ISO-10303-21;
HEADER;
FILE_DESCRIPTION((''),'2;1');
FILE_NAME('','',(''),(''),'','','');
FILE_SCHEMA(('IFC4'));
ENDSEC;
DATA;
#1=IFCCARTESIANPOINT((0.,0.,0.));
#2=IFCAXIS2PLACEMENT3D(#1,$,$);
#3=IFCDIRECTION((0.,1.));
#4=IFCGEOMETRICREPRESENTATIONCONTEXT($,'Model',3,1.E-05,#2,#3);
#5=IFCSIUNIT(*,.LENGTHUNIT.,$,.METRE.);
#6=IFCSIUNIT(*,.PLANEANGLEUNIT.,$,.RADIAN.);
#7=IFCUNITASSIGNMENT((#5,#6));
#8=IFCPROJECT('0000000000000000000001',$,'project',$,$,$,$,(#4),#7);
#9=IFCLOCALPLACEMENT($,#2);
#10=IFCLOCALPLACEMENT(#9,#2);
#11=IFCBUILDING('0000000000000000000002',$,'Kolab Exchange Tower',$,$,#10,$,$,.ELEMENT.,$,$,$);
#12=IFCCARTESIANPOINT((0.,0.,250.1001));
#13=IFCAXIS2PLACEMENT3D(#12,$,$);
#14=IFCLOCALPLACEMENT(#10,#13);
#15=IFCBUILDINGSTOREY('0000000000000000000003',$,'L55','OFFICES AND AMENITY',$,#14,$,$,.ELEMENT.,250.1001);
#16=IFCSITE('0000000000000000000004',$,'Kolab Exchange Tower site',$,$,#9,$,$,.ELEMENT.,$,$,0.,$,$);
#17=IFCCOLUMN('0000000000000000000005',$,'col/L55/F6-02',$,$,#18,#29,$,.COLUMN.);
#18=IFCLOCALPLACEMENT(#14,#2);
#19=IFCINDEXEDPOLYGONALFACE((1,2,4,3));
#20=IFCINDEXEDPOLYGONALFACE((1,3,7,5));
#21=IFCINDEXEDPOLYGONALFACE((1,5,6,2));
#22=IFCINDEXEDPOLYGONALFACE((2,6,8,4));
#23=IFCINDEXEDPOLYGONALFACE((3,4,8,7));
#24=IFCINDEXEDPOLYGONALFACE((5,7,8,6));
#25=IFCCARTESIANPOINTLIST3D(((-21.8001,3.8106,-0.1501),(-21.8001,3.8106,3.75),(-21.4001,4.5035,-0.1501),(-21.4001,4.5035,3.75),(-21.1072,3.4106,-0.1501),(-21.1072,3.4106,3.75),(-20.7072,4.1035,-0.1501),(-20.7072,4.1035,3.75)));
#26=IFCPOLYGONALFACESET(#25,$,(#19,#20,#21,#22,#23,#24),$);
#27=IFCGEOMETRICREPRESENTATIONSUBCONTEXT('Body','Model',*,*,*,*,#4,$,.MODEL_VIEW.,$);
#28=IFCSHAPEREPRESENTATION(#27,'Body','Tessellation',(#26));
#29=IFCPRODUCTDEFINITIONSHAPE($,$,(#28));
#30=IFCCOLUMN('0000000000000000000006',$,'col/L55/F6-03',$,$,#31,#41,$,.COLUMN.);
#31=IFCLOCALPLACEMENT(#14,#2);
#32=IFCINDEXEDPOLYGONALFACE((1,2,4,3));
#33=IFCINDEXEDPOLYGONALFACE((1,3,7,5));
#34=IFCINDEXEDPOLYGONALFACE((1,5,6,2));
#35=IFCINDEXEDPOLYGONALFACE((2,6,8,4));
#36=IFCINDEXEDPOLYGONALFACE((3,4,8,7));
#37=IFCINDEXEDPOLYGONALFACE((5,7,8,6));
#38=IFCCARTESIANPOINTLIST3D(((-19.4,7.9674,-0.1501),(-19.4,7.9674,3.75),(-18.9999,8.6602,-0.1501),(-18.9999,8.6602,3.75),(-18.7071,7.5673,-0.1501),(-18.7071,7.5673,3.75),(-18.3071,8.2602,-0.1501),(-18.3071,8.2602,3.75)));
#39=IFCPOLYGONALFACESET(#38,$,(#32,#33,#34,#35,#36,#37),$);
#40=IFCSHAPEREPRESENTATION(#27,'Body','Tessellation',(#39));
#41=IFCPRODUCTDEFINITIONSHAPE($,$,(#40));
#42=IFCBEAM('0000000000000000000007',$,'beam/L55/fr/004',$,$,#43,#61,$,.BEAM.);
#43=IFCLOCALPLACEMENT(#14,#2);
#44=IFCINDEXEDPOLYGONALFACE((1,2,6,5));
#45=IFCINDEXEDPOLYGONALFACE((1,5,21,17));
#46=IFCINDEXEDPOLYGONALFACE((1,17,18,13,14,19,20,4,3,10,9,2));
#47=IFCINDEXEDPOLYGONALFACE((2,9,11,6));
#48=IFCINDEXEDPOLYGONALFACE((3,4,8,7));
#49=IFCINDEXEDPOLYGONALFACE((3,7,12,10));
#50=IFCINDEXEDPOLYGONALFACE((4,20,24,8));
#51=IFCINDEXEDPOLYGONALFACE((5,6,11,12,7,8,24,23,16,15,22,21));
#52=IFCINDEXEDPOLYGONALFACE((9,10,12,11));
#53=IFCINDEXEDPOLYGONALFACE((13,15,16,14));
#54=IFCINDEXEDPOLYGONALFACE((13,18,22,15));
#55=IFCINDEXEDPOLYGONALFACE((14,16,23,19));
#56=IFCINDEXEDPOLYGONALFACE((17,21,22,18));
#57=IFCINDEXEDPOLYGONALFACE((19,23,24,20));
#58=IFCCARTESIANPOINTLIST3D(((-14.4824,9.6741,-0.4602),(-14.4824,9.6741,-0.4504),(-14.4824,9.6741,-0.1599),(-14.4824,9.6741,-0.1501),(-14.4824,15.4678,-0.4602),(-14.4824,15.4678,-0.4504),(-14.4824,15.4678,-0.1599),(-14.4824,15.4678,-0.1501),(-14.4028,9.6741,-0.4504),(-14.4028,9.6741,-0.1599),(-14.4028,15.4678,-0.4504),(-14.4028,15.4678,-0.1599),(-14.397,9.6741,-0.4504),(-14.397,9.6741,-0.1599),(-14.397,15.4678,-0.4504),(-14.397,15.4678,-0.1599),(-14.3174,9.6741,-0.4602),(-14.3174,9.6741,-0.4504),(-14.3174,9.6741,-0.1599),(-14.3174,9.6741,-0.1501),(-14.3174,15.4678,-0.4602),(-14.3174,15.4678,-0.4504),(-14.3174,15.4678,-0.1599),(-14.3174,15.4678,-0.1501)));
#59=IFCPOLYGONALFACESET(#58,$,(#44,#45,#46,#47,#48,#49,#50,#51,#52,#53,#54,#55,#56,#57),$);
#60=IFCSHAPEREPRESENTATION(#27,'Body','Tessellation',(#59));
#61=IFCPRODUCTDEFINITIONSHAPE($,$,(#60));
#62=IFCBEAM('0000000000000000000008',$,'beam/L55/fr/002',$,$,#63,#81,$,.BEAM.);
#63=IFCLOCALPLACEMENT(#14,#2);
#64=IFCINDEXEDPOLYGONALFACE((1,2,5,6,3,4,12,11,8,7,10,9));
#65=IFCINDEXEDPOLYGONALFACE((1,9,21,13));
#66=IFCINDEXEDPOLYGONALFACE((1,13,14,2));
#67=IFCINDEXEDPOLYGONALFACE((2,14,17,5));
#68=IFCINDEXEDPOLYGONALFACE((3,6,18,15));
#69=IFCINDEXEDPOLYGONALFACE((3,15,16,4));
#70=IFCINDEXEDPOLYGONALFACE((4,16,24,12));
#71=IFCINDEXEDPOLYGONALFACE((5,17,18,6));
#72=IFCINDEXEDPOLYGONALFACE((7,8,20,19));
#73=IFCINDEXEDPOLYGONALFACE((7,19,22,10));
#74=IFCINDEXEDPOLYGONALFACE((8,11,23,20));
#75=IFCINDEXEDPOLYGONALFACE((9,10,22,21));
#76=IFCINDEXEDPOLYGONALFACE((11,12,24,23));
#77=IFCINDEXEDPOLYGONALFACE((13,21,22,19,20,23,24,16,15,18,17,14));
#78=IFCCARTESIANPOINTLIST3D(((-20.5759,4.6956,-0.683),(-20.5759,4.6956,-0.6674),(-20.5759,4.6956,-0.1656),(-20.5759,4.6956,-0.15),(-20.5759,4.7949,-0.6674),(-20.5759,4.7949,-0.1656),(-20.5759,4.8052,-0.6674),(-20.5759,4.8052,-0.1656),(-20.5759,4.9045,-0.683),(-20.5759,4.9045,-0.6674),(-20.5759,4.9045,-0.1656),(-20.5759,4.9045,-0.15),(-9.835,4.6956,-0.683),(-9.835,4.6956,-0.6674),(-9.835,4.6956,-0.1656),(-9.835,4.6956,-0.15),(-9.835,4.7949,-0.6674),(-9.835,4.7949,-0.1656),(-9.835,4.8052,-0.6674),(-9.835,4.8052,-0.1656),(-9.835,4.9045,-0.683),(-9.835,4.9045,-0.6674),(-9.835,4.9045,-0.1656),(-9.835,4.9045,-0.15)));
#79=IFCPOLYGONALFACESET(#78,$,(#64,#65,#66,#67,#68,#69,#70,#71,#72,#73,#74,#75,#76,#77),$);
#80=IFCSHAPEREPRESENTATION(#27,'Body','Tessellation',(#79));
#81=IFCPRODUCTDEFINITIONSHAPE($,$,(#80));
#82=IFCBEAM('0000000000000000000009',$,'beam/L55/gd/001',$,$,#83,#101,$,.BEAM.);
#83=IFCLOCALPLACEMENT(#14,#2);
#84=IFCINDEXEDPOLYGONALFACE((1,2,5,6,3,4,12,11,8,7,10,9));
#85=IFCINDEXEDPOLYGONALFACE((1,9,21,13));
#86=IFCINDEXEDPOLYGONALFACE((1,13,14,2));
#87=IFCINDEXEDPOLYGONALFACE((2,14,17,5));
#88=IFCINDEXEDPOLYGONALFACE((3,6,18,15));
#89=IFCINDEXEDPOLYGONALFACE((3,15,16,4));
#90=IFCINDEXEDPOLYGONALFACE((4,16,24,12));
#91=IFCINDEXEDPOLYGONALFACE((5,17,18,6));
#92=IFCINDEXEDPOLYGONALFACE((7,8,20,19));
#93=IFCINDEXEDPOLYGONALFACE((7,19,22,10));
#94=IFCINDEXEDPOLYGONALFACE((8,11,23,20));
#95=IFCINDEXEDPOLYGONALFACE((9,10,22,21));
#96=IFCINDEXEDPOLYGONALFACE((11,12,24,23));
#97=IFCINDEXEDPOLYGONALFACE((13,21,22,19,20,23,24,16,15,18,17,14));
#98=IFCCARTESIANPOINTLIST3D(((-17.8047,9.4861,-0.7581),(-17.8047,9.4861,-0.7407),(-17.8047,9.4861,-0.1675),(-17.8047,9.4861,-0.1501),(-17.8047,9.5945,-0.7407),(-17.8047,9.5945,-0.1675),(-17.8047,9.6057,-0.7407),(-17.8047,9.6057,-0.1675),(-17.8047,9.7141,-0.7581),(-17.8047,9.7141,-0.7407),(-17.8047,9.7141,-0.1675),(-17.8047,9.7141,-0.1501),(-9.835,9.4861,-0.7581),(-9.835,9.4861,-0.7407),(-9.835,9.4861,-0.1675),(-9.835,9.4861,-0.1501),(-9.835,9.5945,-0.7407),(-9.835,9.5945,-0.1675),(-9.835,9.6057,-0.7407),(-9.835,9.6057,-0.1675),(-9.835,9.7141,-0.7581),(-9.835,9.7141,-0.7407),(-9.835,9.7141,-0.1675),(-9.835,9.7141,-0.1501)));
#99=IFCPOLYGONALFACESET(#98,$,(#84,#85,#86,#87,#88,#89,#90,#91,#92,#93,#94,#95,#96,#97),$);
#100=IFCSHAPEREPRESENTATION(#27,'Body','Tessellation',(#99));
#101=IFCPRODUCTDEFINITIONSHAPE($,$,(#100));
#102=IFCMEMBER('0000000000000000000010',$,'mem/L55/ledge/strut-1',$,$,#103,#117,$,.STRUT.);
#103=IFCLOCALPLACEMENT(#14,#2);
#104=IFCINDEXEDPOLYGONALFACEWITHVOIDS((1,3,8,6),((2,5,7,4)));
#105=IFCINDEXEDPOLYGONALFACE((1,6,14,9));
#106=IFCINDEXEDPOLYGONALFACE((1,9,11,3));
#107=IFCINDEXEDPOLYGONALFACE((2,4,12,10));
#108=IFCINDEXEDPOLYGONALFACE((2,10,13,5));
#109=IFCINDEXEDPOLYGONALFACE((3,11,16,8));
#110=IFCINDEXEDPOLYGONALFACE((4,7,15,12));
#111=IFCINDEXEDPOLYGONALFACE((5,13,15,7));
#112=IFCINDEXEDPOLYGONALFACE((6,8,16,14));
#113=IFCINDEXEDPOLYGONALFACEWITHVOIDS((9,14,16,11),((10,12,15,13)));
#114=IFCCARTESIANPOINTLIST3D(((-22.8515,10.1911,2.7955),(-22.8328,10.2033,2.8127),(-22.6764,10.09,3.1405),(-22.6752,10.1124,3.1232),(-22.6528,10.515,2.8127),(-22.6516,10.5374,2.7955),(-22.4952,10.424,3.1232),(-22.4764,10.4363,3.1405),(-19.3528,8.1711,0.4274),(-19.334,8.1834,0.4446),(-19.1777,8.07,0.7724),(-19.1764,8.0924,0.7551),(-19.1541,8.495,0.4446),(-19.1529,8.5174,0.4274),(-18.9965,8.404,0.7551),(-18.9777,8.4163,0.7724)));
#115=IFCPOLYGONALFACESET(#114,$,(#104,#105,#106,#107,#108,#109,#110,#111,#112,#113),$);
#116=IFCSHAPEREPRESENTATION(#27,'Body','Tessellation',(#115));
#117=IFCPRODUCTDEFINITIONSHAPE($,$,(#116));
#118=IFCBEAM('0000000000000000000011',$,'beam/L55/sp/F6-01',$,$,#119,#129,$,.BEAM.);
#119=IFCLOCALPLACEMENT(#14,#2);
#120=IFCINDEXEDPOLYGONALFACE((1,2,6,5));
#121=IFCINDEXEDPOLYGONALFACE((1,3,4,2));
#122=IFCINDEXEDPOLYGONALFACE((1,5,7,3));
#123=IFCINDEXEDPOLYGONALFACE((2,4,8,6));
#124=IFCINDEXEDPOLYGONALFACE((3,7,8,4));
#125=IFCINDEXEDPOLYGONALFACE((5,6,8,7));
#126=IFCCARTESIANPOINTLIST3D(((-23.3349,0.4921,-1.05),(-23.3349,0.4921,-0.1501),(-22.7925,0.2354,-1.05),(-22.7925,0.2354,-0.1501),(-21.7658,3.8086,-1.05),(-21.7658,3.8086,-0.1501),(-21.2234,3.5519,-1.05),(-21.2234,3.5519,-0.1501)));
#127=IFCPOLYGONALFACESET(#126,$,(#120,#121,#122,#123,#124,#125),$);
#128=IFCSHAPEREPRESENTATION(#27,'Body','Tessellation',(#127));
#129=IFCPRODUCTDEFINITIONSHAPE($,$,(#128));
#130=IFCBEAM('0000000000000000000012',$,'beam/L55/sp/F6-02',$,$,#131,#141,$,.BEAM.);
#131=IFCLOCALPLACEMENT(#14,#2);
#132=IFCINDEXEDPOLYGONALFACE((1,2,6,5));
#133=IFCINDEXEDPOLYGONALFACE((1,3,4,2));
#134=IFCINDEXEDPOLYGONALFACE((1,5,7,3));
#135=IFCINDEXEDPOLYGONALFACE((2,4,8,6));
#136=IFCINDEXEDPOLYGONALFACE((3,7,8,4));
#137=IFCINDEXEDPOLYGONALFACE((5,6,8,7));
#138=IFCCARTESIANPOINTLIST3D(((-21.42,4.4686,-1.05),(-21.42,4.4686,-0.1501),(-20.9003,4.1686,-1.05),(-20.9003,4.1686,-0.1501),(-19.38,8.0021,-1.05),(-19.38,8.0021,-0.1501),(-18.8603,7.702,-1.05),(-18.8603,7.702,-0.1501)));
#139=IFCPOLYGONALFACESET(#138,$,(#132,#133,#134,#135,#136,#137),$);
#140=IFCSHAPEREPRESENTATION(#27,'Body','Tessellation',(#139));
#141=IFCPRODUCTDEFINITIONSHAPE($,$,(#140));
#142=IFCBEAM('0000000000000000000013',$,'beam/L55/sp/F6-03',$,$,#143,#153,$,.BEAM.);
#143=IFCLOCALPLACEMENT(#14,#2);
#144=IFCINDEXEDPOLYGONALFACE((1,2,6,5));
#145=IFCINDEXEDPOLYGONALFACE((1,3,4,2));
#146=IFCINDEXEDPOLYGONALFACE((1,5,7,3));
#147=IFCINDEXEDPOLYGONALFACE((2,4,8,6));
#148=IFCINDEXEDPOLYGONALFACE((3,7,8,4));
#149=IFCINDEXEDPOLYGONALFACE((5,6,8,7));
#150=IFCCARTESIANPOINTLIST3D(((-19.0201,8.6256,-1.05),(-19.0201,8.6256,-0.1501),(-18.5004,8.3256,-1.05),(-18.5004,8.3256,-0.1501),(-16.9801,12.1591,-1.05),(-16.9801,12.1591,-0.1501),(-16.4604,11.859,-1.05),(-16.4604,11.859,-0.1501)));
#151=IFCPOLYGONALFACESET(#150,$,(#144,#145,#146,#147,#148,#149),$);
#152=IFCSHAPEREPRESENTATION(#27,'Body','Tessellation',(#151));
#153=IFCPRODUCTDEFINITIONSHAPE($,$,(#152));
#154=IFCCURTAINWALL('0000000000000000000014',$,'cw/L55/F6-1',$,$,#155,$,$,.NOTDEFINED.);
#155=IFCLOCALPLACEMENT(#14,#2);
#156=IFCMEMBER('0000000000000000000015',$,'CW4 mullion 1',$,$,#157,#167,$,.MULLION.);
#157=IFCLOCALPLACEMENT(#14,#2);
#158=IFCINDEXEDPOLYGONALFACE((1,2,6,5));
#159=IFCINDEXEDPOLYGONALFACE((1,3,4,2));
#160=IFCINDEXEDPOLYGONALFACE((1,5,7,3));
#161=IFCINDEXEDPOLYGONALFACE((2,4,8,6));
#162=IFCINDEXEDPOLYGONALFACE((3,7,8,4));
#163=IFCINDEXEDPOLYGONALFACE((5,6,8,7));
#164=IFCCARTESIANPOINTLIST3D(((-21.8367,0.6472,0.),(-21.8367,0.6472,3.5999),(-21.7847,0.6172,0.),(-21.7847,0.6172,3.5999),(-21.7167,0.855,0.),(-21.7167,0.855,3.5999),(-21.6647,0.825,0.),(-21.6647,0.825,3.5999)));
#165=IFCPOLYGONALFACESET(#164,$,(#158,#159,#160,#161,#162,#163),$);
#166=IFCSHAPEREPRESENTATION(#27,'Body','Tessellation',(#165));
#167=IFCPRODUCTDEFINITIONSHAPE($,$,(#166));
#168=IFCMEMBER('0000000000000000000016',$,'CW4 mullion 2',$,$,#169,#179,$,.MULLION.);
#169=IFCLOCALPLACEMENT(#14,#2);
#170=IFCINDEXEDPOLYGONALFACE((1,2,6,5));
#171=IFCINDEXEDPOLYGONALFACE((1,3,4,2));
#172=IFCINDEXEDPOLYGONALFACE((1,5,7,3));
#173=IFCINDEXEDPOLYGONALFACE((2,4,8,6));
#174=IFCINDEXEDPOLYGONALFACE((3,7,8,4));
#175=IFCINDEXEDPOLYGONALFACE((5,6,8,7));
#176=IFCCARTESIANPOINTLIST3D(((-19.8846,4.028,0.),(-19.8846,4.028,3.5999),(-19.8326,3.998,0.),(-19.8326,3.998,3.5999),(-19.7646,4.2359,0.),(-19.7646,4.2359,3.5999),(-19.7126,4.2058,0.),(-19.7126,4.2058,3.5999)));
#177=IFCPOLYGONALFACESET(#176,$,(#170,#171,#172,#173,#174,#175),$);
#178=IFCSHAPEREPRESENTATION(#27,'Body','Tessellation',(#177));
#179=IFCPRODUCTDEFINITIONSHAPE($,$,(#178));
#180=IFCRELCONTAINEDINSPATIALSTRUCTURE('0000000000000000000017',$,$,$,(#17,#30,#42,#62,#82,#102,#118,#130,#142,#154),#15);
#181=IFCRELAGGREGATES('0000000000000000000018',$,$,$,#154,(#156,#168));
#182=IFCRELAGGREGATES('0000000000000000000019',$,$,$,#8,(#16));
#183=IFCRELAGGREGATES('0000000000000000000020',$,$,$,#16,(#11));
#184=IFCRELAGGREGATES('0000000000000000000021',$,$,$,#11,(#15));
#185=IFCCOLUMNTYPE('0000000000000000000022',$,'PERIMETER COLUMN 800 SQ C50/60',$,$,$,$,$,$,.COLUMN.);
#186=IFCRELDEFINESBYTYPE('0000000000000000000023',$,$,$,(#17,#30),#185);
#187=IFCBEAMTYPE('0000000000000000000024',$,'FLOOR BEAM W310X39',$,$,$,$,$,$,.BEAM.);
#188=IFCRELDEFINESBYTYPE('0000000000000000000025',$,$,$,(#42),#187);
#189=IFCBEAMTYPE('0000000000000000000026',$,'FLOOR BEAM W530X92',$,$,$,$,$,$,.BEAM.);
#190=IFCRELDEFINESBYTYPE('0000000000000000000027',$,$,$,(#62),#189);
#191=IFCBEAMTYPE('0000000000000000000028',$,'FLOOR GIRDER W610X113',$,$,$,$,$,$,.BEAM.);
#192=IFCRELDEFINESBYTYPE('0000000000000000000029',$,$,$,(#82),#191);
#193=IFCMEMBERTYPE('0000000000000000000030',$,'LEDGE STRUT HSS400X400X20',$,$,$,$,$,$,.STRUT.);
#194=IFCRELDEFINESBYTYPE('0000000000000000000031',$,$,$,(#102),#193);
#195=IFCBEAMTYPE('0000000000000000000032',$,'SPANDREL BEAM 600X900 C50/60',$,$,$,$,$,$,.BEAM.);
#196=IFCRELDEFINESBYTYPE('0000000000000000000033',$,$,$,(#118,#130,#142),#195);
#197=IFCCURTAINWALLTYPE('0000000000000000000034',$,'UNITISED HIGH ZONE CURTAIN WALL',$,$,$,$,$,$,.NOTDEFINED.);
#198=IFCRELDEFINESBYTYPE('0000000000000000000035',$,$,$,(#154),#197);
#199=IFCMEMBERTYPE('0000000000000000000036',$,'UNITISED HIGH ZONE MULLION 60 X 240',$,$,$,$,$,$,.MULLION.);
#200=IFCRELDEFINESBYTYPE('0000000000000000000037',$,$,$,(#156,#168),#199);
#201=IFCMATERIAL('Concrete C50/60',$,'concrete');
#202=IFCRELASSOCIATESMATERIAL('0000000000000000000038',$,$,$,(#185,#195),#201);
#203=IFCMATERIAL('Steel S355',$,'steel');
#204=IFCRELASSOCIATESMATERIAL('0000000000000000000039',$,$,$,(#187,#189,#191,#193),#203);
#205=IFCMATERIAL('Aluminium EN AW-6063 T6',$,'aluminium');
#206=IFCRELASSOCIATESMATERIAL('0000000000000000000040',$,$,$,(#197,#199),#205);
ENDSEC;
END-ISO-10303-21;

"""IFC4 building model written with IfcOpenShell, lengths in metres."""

from ifc_helpers import new_model, si_unit, direction, frame, origin, origin_2d, place, context, subcontext, project, spatial, rectangle, hollow_rectangle, i_section, extrude, material, material_profile, profile_set, type_object, element, aggregate, save


model = new_model("IFC4")

# Units and contexts
model_context = context("Model", 3, precision=1e-05, world=origin(), true_north=direction((0.0, 1.0)))
body_context = subcontext(model_context, "Body", "Model", "MODEL_VIEW")
ifc_project = project(units=[si_unit("LENGTHUNIT", "METRE"), si_unit("PLANEANGLEUNIT", "RADIAN")], contexts=[model_context])

# Site, building, storey
site_placement = place(None, origin())
site = spatial("IfcSite", under=ifc_project, at=site_placement, Name="Kolab Exchange Tower site", CompositionType="ELEMENT", RefElevation=0.0)
building_placement = place(site_placement, origin())
building = spatial("IfcBuilding", under=site, at=building_placement, Name="Kolab Exchange Tower", CompositionType="ELEMENT")
storey_placement = place(building_placement, frame((0.0, 0.0, 250.1001)))
storey = spatial("IfcBuildingStorey", under=building, at=storey_placement, Name="L55", Description="OFFICES AND AMENITY", CompositionType="ELEMENT", Elevation=250.1001)

# Columns
ifc_material_1 = material(Name="Concrete C50/60", Category="concrete")
ifc_material_profile_1 = material_profile(ifc_material_1, rectangle(XDim=0.8, YDim=0.8, at=origin_2d()), Name="RC800")
ifc_profile_set_1 = profile_set([ifc_material_profile_1], Name="Concrete C50/60")
column_type = type_object("IfcColumnType", Name="PERIMETER COLUMN 800 SQ C50/60", PredefinedType="COLUMN", material=ifc_profile_set_1)
for number, where, z_axis, x_axis, name in (
    (1, (-21.2537, 3.957, -0.1501), (0.0, 0.0, 1.0), (0.5, 0.866025, 0.0), "col/L55/F6-02"),
    (2, (-18.8535, 8.1138, -0.1501), (0.0, 0.0, 1.0), (0.5, 0.866025, 0.0), "col/L55/F6-03"),
):
    element("IfcColumn", number, at=place(storey_placement, frame(where, z_axis=z_axis, x_axis=x_axis)), inside=storey, type_object=column_type, Name=name, PredefinedType="COLUMN", context=body_context, shape_type="SweptSolid", body=[
        extrude(rectangle(XDim=0.8, YDim=0.8, at=origin_2d()), origin(), (0.0, 0.0, 1.0), 3.9001),
    ])

# Beams
ifc_material_2 = material(Name="Steel S355", Category="steel")
ifc_material_profile_2 = material_profile(ifc_material_2, i_section(OverallWidth=0.165, OverallDepth=0.3101, WebThickness=0.0059, FlangeThickness=0.0098, at=origin_2d()), Name="W310X39")
ifc_profile_set_2 = profile_set([ifc_material_profile_2], Name="Steel S355")
beam_type_1 = type_object("IfcBeamType", Name="FLOOR BEAM W310X39", PredefinedType="BEAM", material=ifc_profile_set_2)
beam_1_placement = place(storey_placement, frame((-14.3999, 9.6741, -0.3052), z_axis=(0.0, 1.0, 0.0), x_axis=(-1.0, 0.0, 0.0)))
element("IfcBeam", 3, at=beam_1_placement, inside=storey, type_object=beam_type_1, Name="beam/L55/fr/004", PredefinedType="BEAM", context=body_context, shape_type="SweptSolid", body=[
    extrude(i_section(OverallWidth=0.165, OverallDepth=0.3101, WebThickness=0.0059, FlangeThickness=0.0098, at=origin_2d()), origin(), (0.0, 0.0, 1.0), 5.7937),
])
ifc_material_profile_3 = material_profile(ifc_material_2, i_section(OverallWidth=0.209, OverallDepth=0.533, WebThickness=0.0103, FlangeThickness=0.0156, at=origin_2d()), Name="W530X92")
ifc_profile_set_3 = profile_set([ifc_material_profile_3], Name="Steel S355")
beam_type_2 = type_object("IfcBeamType", Name="FLOOR BEAM W530X92", PredefinedType="BEAM", material=ifc_profile_set_3)
beam_2_placement = place(storey_placement, frame((-20.5759, 4.8, -0.4165), z_axis=(1.0, 0.0, 0.0), x_axis=(0.0, 1.0, 0.0)))
element("IfcBeam", 4, at=beam_2_placement, inside=storey, type_object=beam_type_2, Name="beam/L55/fr/002", PredefinedType="BEAM", context=body_context, shape_type="SweptSolid", body=[
    extrude(i_section(OverallWidth=0.209, OverallDepth=0.533, WebThickness=0.0103, FlangeThickness=0.0156, at=origin_2d()), origin(), (0.0, 0.0, 1.0), 10.741),
])
ifc_material_profile_4 = material_profile(ifc_material_2, i_section(OverallWidth=0.228, OverallDepth=0.6079, WebThickness=0.0112, FlangeThickness=0.0173, at=origin_2d()), Name="W610X113")
ifc_profile_set_4 = profile_set([ifc_material_profile_4], Name="Steel S355")
beam_type_3 = type_object("IfcBeamType", Name="FLOOR GIRDER W610X113", PredefinedType="BEAM", material=ifc_profile_set_4)
beam_3_placement = place(storey_placement, frame((-17.8047, 9.6001, -0.4541), z_axis=(1.0, 0.0, 0.0), x_axis=(0.0, 1.0, 0.0)))
element("IfcBeam", 5, at=beam_3_placement, inside=storey, type_object=beam_type_3, Name="beam/L55/gd/001", PredefinedType="BEAM", context=body_context, shape_type="SweptSolid", body=[
    extrude(i_section(OverallWidth=0.228, OverallDepth=0.6079, WebThickness=0.0112, FlangeThickness=0.0173, at=origin_2d()), origin(), (0.0, 0.0, 1.0), 7.9697),
])

# Member
ifc_material_profile_5 = material_profile(ifc_material_2, hollow_rectangle(XDim=0.3999, YDim=0.3999, WallThickness=0.02, at=origin_2d()), Name="HSS400X400X20")
ifc_profile_set_5 = profile_set([ifc_material_profile_5], Name="Steel S355")
member_type_1 = type_object("IfcMemberType", Name="LEDGE STRUT HSS400X400X20", PredefinedType="STRUT", material=ifc_profile_set_5)
member_1_placement = place(storey_placement, frame((-19.1653, 8.2937, 0.5999), z_axis=(-0.747129, 0.431355, 0.505698), x_axis=(-0.5, -0.866026, 0.0)))
element("IfcMember", 6, at=member_1_placement, inside=storey, type_object=member_type_1, Name="mem/L55/ledge/strut-1", PredefinedType="STRUT", context=body_context, shape_type="SweptSolid", body=[
    extrude(hollow_rectangle(XDim=0.3999, YDim=0.3999, WallThickness=0.02, at=origin_2d()), origin(), (0.0, 0.0, 1.0), 4.6829),
])

# Beams
ifc_material_profile_6 = material_profile(ifc_material_1, rectangle(XDim=0.6001, YDim=0.8999, at=origin_2d()), Name="RC600X900")
ifc_profile_set_6 = profile_set([ifc_material_profile_6], Name="Concrete C50/60")
beam_type_4 = type_object("IfcBeamType", Name="SPANDREL BEAM 600X900 C50/60", PredefinedType="BEAM", material=ifc_profile_set_6)
beam_4_placement = place(storey_placement, frame((-23.0637, 0.3638, -0.6001), z_axis=(0.427677, 0.903932, 0.0), x_axis=(-0.903932, 0.427677, 0.0)))
element("IfcBeam", 7, at=beam_4_placement, inside=storey, type_object=beam_type_4, Name="beam/L55/sp/F6-01", PredefinedType="BEAM", context=body_context, shape_type="SweptSolid", body=[
    extrude(rectangle(XDim=0.6001, YDim=0.8999, at=origin_2d()), origin(), (0.0, 0.0, 1.0), 3.6689),
])
for number, where, z_axis, x_axis, name in (
    (8, (-21.1602, 4.3186, -0.6001), (0.5, 0.866025, 0.0), (-0.866025, 0.5, 0.0), "beam/L55/sp/F6-02"),
    (9, (-18.7603, 8.4756, -0.6001), (0.5, 0.866025, 0.0), (-0.866025, 0.5, 0.0), "beam/L55/sp/F6-03"),
):
    element("IfcBeam", number, at=place(storey_placement, frame(where, z_axis=z_axis, x_axis=x_axis)), inside=storey, type_object=beam_type_4, Name=name, PredefinedType="BEAM", context=body_context, shape_type="SweptSolid", body=[
        extrude(rectangle(XDim=0.6001, YDim=0.8999, at=origin_2d()), origin(), (0.0, 0.0, 1.0), 4.0801),
    ])

# Curtain wall, members
ifc_material_3 = material(Name="Aluminium EN AW-6063 T6", Category="aluminium")
curtain_wall_type = type_object("IfcCurtainWallType", Name="UNITISED HIGH ZONE CURTAIN WALL", PredefinedType="NOTDEFINED", material=ifc_material_3)
curtain_wall_1_placement = place(storey_placement, origin())
curtain_wall_1 = element("IfcCurtainWall", 10, at=curtain_wall_1_placement, inside=storey, type_object=curtain_wall_type, Name="cw/L55/F6-1", PredefinedType="NOTDEFINED")
ifc_material_profile_7 = material_profile(ifc_material_3, rectangle(XDim=0.0601, YDim=0.24, at=origin_2d()), Name="RECT 60X240")
ifc_profile_set_7 = profile_set([ifc_material_profile_7], Name="Aluminium EN AW-6063 T6")
member_type_2 = type_object("IfcMemberType", Name="UNITISED HIGH ZONE MULLION 60 X 240", PredefinedType="MULLION", material=ifc_profile_set_7)
member_2_placement = place(storey_placement, frame((-21.7507, 0.7361, 0.0), z_axis=(0.0, 0.0, 1.0), x_axis=(-0.866025, 0.5, 0.0)))
member_2 = element("IfcMember", 11, at=member_2_placement, type_object=member_type_2, Name="CW4 mullion 1", PredefinedType="MULLION", context=body_context, shape_type="SweptSolid", body=[
    extrude(rectangle(XDim=0.0601, YDim=0.24, at=origin_2d()), origin(), (0.0, 0.0, 1.0), 3.5999),
])
member_3_placement = place(storey_placement, frame((-19.7986, 4.1169, 0.0), z_axis=(0.0, 0.0, 1.0), x_axis=(-0.866025, 0.5, 0.0)))
member_3 = element("IfcMember", 12, at=member_3_placement, type_object=member_type_2, Name="CW4 mullion 2", PredefinedType="MULLION", context=body_context, shape_type="SweptSolid", body=[
    extrude(rectangle(XDim=0.0601, YDim=0.24, at=origin_2d()), origin(), (0.0, 0.0, 1.0), 3.5999),
])

aggregate(curtain_wall_1, [member_2, member_3])

save(model, "model.ifc")
